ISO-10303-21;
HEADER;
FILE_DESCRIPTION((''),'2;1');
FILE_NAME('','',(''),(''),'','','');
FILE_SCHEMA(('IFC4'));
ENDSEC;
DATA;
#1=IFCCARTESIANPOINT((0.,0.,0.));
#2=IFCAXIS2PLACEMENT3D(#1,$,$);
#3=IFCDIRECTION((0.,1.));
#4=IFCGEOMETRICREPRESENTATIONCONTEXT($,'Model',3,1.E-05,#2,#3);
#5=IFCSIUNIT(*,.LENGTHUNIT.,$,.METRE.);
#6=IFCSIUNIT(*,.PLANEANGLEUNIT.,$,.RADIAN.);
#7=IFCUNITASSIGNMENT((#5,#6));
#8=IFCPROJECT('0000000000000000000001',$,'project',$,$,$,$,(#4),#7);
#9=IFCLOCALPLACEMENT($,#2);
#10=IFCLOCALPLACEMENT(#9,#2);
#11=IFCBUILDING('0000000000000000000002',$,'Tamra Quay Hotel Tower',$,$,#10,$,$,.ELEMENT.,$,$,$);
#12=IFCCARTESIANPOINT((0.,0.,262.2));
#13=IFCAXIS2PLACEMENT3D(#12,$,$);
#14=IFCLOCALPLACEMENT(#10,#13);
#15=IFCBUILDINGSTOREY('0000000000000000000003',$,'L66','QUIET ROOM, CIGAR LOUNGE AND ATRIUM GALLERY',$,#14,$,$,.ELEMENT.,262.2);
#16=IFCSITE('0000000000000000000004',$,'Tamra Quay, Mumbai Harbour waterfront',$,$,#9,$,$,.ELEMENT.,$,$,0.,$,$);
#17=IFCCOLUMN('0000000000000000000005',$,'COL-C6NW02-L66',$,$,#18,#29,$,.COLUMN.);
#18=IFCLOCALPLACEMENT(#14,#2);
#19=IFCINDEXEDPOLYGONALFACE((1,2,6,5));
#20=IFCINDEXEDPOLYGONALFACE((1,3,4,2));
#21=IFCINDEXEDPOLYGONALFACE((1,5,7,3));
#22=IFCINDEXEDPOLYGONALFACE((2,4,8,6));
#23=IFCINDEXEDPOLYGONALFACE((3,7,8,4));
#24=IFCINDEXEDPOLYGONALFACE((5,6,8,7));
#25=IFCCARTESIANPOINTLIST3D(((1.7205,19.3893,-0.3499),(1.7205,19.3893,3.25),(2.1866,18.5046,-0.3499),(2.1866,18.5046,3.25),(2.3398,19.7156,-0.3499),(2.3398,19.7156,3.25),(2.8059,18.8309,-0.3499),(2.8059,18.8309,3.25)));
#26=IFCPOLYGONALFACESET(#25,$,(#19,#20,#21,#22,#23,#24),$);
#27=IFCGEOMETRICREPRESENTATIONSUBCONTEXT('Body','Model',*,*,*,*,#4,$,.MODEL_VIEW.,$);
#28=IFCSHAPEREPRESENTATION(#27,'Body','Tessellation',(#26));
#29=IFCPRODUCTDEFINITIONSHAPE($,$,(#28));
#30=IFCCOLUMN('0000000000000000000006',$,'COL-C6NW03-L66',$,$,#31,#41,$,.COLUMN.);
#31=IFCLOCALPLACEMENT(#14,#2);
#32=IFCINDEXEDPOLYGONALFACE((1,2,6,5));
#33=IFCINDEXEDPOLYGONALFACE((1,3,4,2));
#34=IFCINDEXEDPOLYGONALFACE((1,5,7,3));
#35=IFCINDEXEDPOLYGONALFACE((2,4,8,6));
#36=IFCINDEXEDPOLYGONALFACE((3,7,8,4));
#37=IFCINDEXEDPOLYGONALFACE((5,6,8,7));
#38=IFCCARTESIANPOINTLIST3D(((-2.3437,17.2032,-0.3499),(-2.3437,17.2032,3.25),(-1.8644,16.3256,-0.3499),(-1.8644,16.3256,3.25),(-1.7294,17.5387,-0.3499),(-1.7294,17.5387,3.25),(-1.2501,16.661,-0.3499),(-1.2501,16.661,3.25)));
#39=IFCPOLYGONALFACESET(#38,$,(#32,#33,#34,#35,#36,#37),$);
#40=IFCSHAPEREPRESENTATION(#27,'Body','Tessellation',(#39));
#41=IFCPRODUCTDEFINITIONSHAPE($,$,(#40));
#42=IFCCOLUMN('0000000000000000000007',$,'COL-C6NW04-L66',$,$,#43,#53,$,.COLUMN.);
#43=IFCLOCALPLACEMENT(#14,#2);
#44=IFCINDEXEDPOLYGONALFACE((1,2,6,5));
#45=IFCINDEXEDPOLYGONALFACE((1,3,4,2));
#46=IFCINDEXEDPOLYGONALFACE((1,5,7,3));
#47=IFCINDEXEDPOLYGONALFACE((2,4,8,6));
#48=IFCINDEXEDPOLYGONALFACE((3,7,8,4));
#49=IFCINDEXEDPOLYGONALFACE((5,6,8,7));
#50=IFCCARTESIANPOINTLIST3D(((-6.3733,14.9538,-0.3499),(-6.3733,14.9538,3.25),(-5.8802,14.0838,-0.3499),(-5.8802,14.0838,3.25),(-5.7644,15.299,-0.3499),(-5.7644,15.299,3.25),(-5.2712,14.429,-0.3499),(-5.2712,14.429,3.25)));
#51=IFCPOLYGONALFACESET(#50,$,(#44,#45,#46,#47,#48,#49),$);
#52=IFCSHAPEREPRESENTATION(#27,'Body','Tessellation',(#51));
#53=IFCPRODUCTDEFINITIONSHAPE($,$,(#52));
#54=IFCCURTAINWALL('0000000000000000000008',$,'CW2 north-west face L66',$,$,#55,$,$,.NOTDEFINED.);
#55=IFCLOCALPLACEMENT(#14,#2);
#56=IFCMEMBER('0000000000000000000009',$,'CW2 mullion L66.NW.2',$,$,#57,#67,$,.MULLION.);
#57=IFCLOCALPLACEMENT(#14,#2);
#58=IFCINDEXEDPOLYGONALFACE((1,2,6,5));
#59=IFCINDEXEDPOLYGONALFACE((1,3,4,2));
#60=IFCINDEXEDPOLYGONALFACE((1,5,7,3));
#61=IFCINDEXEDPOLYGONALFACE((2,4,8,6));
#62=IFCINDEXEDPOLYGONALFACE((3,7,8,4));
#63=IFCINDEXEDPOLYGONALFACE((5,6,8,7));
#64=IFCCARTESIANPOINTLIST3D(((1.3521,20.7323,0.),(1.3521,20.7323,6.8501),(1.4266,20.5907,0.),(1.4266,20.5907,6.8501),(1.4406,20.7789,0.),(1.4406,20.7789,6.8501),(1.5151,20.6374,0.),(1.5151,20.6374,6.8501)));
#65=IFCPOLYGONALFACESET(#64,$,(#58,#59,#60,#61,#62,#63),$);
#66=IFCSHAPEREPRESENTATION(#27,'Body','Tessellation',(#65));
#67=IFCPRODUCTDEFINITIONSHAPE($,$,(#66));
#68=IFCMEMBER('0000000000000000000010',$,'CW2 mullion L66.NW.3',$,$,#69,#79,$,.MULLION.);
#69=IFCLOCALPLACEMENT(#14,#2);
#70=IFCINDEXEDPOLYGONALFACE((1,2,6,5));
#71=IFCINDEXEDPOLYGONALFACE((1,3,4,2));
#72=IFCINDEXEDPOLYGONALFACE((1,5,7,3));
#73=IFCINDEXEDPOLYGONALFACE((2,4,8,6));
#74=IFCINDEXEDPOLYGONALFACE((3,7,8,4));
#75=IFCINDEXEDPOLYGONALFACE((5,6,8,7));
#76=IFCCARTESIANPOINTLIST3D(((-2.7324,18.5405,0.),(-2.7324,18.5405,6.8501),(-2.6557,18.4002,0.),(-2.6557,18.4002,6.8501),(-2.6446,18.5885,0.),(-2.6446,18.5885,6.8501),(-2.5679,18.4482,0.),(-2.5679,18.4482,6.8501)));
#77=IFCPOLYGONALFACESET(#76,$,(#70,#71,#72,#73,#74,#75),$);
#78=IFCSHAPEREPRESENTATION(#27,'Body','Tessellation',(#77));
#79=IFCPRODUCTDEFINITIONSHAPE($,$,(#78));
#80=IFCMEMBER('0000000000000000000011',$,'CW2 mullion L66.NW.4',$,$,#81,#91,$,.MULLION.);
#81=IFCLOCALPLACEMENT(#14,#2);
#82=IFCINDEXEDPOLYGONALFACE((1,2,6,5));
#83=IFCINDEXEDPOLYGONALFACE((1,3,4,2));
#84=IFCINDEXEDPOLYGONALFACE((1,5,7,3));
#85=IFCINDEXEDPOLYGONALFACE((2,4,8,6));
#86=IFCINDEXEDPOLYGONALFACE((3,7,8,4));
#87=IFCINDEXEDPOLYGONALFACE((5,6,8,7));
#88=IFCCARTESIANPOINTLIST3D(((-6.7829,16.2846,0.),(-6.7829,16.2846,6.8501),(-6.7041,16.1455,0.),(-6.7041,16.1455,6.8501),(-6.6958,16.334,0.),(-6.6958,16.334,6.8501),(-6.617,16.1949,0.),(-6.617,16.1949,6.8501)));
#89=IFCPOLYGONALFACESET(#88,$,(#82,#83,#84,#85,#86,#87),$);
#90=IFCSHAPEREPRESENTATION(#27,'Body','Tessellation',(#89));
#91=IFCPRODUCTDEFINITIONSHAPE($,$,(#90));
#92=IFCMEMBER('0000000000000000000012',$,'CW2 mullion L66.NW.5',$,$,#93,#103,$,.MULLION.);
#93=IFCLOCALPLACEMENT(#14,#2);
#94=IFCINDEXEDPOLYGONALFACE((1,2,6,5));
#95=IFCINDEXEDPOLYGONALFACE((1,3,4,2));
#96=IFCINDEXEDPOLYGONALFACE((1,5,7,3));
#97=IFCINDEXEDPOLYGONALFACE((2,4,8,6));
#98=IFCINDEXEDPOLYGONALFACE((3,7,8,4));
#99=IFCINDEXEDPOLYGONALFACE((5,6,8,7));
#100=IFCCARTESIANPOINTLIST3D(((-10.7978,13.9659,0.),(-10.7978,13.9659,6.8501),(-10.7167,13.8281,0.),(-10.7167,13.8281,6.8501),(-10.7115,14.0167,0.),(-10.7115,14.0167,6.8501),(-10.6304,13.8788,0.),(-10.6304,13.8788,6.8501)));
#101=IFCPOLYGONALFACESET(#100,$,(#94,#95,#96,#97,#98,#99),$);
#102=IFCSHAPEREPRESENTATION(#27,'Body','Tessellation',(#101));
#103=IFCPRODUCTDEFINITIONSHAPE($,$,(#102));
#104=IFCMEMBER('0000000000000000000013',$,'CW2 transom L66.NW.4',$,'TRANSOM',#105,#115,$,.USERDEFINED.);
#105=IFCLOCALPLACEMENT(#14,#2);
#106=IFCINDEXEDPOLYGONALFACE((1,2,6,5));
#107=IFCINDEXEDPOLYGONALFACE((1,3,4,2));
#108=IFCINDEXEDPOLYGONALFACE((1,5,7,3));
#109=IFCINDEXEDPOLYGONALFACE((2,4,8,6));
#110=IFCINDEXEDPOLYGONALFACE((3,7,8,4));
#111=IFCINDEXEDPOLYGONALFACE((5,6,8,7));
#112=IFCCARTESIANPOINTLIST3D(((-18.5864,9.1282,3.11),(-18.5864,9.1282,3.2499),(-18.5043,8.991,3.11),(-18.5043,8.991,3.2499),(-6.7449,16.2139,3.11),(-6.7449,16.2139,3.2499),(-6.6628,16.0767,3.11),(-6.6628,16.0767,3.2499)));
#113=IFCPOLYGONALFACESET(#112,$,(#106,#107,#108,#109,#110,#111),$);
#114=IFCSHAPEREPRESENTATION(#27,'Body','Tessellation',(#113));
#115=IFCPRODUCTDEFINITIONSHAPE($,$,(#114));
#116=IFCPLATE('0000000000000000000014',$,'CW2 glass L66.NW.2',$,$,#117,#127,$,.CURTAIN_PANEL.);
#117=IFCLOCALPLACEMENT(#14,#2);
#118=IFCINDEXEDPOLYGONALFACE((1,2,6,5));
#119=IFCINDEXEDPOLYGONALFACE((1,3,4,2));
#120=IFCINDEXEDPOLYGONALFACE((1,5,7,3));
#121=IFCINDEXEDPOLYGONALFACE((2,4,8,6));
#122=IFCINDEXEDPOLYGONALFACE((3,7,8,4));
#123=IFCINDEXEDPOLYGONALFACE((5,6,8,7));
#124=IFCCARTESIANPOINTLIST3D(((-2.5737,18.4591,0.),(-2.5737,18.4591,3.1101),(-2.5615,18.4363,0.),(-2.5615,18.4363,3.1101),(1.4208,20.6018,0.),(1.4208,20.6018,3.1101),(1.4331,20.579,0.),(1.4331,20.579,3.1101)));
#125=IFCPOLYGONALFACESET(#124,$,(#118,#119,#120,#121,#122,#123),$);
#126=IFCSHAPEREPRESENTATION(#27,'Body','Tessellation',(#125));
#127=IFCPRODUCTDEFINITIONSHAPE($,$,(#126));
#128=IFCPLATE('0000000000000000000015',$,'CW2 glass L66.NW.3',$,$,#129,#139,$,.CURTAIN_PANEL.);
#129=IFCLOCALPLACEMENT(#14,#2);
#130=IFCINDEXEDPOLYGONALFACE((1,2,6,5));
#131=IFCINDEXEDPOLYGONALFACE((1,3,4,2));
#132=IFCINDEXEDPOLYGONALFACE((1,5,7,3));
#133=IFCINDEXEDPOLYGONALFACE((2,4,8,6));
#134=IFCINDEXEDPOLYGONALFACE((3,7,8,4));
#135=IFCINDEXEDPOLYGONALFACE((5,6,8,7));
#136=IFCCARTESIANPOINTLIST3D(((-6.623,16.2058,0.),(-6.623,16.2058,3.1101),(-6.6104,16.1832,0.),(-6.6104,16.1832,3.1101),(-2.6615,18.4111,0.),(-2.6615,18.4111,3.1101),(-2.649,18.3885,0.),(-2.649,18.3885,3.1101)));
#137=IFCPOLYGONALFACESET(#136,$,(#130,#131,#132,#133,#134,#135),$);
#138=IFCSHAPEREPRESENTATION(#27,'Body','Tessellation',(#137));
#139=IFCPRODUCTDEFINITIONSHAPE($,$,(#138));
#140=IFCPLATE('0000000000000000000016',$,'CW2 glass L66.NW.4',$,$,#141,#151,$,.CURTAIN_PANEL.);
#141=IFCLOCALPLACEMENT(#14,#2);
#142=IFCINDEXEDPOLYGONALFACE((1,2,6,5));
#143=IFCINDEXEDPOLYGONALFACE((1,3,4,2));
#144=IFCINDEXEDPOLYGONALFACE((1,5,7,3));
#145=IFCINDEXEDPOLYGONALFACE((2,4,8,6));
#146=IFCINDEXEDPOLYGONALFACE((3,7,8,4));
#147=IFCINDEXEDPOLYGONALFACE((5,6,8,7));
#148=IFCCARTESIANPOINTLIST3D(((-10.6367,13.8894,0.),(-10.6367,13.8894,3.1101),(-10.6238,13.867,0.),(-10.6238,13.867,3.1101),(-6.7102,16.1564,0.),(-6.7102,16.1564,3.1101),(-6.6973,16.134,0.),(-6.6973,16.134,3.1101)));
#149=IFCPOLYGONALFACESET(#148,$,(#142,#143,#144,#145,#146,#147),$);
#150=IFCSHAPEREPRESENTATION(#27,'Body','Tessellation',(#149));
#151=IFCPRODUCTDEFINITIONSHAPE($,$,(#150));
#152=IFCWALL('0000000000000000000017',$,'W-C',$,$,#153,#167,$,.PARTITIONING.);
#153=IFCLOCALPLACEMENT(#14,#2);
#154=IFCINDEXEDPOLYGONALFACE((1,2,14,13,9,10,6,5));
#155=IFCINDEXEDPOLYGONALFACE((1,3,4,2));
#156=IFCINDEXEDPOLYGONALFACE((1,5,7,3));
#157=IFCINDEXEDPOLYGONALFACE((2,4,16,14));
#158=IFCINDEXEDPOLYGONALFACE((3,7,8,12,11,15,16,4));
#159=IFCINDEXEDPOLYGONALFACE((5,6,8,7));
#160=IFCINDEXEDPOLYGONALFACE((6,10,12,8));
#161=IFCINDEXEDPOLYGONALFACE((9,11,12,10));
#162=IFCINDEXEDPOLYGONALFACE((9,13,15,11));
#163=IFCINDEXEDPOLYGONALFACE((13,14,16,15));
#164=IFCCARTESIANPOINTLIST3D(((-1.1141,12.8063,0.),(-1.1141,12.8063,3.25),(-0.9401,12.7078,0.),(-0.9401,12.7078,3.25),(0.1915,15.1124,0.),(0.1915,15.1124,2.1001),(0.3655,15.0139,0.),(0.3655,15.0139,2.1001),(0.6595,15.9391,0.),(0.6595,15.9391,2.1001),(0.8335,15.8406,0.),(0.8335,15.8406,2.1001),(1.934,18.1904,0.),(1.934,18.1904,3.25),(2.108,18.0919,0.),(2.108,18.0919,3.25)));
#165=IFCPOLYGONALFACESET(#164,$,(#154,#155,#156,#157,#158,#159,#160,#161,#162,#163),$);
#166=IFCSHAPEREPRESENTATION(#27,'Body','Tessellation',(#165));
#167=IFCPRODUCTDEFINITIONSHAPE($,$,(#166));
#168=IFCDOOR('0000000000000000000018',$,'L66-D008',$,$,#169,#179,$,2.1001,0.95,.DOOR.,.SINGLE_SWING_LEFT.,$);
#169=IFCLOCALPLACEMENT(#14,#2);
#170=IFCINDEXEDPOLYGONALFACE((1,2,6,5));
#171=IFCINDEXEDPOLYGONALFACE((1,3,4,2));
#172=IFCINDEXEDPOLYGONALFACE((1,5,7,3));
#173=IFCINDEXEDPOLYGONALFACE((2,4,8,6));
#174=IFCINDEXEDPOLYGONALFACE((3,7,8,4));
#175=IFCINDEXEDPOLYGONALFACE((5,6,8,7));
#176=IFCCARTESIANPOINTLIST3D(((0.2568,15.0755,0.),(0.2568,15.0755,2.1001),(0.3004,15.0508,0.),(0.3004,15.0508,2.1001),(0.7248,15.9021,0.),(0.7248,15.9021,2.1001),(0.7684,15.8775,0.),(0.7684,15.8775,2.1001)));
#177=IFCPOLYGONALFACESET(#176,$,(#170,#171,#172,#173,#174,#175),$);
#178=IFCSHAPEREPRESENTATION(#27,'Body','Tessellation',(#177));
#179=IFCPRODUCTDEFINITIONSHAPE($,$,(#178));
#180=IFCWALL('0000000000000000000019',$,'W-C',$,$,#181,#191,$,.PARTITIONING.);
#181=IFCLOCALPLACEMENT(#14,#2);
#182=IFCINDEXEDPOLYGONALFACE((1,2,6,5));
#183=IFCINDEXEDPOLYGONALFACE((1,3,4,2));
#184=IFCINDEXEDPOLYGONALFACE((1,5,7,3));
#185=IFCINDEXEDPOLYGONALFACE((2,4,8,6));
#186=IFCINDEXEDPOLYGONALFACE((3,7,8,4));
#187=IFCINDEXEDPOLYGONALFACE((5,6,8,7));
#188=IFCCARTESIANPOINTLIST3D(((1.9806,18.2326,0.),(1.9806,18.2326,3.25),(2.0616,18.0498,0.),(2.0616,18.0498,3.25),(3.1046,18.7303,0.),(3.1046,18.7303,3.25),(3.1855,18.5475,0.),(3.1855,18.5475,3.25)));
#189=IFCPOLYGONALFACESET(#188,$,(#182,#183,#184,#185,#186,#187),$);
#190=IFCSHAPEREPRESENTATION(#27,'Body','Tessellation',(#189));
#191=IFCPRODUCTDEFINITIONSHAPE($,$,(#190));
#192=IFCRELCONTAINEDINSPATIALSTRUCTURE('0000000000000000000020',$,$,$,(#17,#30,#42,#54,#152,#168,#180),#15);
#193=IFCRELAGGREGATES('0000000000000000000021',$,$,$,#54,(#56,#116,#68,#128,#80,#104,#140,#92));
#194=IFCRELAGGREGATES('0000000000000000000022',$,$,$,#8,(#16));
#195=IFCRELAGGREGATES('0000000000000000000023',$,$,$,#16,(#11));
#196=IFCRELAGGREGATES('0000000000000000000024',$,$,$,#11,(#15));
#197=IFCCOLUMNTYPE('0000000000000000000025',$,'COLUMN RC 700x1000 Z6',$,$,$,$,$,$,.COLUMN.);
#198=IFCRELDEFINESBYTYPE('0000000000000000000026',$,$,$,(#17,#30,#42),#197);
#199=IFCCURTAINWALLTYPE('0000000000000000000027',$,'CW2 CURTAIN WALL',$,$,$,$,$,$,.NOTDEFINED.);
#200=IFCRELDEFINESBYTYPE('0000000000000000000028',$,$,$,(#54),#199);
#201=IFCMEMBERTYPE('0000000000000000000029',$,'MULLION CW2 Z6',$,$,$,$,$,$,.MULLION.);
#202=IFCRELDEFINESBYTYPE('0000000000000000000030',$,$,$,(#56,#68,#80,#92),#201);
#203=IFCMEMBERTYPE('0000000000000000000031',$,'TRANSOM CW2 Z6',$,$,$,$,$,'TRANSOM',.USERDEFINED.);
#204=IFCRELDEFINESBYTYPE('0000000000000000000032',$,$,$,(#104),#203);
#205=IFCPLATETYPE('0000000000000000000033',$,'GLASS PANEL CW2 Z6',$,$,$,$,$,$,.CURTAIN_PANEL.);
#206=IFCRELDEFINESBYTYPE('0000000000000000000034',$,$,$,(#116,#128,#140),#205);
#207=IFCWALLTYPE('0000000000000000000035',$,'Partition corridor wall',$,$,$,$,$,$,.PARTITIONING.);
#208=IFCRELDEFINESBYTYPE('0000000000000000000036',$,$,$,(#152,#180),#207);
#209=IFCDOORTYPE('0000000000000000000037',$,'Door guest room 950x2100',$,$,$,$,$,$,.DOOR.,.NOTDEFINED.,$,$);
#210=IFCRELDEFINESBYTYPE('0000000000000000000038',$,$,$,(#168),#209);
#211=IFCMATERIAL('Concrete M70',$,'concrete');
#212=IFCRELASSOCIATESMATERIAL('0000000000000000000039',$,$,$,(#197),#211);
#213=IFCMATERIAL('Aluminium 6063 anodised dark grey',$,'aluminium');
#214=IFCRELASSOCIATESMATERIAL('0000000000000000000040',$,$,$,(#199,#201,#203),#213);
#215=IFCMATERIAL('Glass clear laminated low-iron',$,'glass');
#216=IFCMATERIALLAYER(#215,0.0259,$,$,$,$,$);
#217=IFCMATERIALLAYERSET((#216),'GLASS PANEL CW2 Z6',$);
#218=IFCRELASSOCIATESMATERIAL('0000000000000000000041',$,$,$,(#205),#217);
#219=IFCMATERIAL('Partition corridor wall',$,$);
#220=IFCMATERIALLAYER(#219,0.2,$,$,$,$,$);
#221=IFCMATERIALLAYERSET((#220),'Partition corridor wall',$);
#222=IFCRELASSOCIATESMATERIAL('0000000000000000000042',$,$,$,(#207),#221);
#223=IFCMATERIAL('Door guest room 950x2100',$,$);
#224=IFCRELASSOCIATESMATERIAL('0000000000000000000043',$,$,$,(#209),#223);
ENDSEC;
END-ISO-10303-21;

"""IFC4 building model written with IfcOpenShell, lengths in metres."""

from ifc_helpers import new_model, si_unit, direction, frame, frame_2d, origin, origin_2d, place, context, subcontext, project, spatial, rectangle, extrude, material, layer, layer_set, material_profile, profile_set, type_object, element, fill, aggregate, save


model = new_model("IFC4")

# Units and contexts
model_context = context("Model", 3, precision=1e-05, world=origin(), true_north=direction((0.0, 1.0)))
body_context = subcontext(model_context, "Body", "Model", "MODEL_VIEW")
ifc_project = project(units=[si_unit("LENGTHUNIT", "METRE"), si_unit("PLANEANGLEUNIT", "RADIAN")], contexts=[model_context])

# Site, building, storey
site_placement = place(None, origin())
site = spatial("IfcSite", under=ifc_project, at=site_placement, Name="Tamra Quay, Mumbai Harbour waterfront", CompositionType="ELEMENT", RefElevation=0.0)
building_placement = place(site_placement, origin())
building = spatial("IfcBuilding", under=site, at=building_placement, Name="Tamra Quay Hotel Tower", CompositionType="ELEMENT")
storey_placement = place(building_placement, frame((0.0, 0.0, 262.2)))
storey = spatial("IfcBuildingStorey", under=building, at=storey_placement, Name="L66", Description="QUIET ROOM, CIGAR LOUNGE AND ATRIUM GALLERY", CompositionType="ELEMENT", Elevation=262.2)

# Columns
ifc_material_1 = material(Name="Concrete M70", Category="concrete")
ifc_material_profile_1 = material_profile(ifc_material_1, rectangle(XDim=1.0, YDim=0.7, at=origin_2d()), Name="COLUMN RC 700x1000 Z6")
ifc_profile_set_1 = profile_set([ifc_material_profile_1], Name="Concrete M70")
column_type = type_object("IfcColumnType", Name="COLUMN RC 700x1000 Z6", PredefinedType="COLUMN", material=ifc_profile_set_1)
for number, where, z_axis, x_axis, name in (
    (1, (2.2632, 19.1101, -0.3499), (0.0, 0.0, 1.0), (-0.466118, 0.884723, 0.0), "COL-C6NW02-L66"),
    (2, (-1.7969, 16.9321, -0.3499), (0.0, 0.0, 1.0), (-0.479288, 0.877658, 0.0), "COL-C6NW03-L66"),
    (3, (-5.8223, 14.6914, -0.3499), (0.0, 0.0, 1.0), (-0.493125, 0.869958, 0.0), "COL-C6NW04-L66"),
):
    element("IfcColumn", number, at=place(storey_placement, frame(where, z_axis=z_axis, x_axis=x_axis)), inside=storey, type_object=column_type, Name=name, PredefinedType="COLUMN", context=body_context, shape_type="SweptSolid", body=[
        extrude(rectangle(XDim=1.0, YDim=0.7, at=origin_2d()), origin(), (0.0, 0.0, 1.0), 3.5999),
    ])

# Curtain wall, members, plates
ifc_material_2 = material(Name="Aluminium 6063 anodised dark grey", Category="aluminium")
curtain_wall_type = type_object("IfcCurtainWallType", Name="CW2 CURTAIN WALL", PredefinedType="NOTDEFINED", material=ifc_material_2)
curtain_wall_placement = place(storey_placement, origin())
curtain_wall = element("IfcCurtainWall", 4, at=curtain_wall_placement, inside=storey, type_object=curtain_wall_type, Name="CW2 north-west face L66", PredefinedType="NOTDEFINED")
ifc_material_profile_2 = material_profile(ifc_material_2, rectangle(XDim=0.1599, YDim=0.1001, at=origin_2d()), Name="MULLION 100X160")
ifc_profile_set_2 = profile_set([ifc_material_profile_2], Name="Aluminium 6063 anodised dark grey")
member_type_1 = type_object("IfcMemberType", Name="MULLION CW2 Z6", PredefinedType="MULLION", material=ifc_profile_set_2)
member_1_placement = place(storey_placement, frame((1.4336, 20.6848, 0.0), z_axis=(0.0, 0.0, 1.0), x_axis=(-0.465816, 0.884882, 0.0)))
member_1 = element("IfcMember", 5, at=member_1_placement, type_object=member_type_1, Name="CW2 mullion L66.NW.2", PredefinedType="MULLION", context=body_context, shape_type="SweptSolid", body=[
    extrude(rectangle(XDim=0.1599, YDim=0.1001, at=origin_2d()), origin(), (0.0, 0.0, 1.0), 6.8501),
])
member_2_placement = place(storey_placement, frame((-2.6501, 18.4944, 0.0), z_axis=(0.0, 0.0, 1.0), x_axis=(-0.479565, 0.877506, 0.0)))
member_2 = element("IfcMember", 6, at=member_2_placement, type_object=member_type_1, Name="CW2 mullion L66.NW.3", PredefinedType="MULLION", context=body_context, shape_type="SweptSolid", body=[
    extrude(rectangle(XDim=0.1599, YDim=0.1001, at=origin_2d()), origin(), (0.0, 0.0, 1.0), 6.8501),
])
member_3_placement = place(storey_placement, frame((-6.7, 16.2397, 0.0), z_axis=(0.0, 0.0, 1.0), x_axis=(-0.493215, 0.869907, 0.0)))
member_3 = element("IfcMember", 7, at=member_3_placement, type_object=member_type_1, Name="CW2 mullion L66.NW.4", PredefinedType="MULLION", context=body_context, shape_type="SweptSolid", body=[
    extrude(rectangle(XDim=0.1599, YDim=0.1001, at=origin_2d()), origin(), (0.0, 0.0, 1.0), 6.8501),
])
member_4_placement = place(storey_placement, frame((-10.7141, 13.9224, 0.0), z_axis=(0.0, 0.0, 1.0), x_axis=(-0.506754, 0.862091, 0.0)))
member_4 = element("IfcMember", 8, at=member_4_placement, type_object=member_type_1, Name="CW2 mullion L66.NW.5", PredefinedType="MULLION", context=body_context, shape_type="SweptSolid", body=[
    extrude(rectangle(XDim=0.1599, YDim=0.1001, at=origin_2d()), origin(), (0.0, 0.0, 1.0), 6.8501),
])
ifc_material_profile_3 = material_profile(ifc_material_2, rectangle(XDim=0.1599, YDim=0.1399, at=origin_2d()), Name="TRANSOM 160X140")
ifc_profile_set_3 = profile_set([ifc_material_profile_3], Name="Aluminium 6063 anodised dark grey")
member_type_2 = type_object("IfcMemberType", Name="TRANSOM CW2 Z6", ElementType="TRANSOM", PredefinedType="USERDEFINED", material=ifc_profile_set_3)
member_5_placement = place(storey_placement, frame((-6.7039, 16.1453, 3.1799), z_axis=(-0.858107, -0.51347, 0.0), x_axis=(0.51347, -0.858107, 0.0)))
member_5 = element("IfcMember", 9, at=member_5_placement, type_object=member_type_2, Name="CW2 transom L66.NW.4", ObjectType="TRANSOM", PredefinedType="USERDEFINED", context=body_context, shape_type="SweptSolid", body=[
    extrude(rectangle(XDim=0.1599, YDim=0.1399, at=origin_2d()), origin(), (0.0, 0.0, 1.0), 13.7996),
])
ifc_material_3 = material(Name="Glass clear laminated low-iron", Category="glass")
ifc_layer_1 = layer(ifc_material_3, 0.0259)
ifc_layer_set_1 = layer_set([ifc_layer_1], Name="GLASS PANEL CW2 Z6")
plate_type = type_object("IfcPlateType", Name="GLASS PANEL CW2 Z6", PredefinedType="CURTAIN_PANEL", material=ifc_layer_set_1)
plate_1_placement = place(storey_placement, frame((-0.5703, 19.519, 0.0), z_axis=(0.0, 0.0, 1.0), x_axis=(-0.881224, -0.4727, 0.0)))
plate_1 = element("IfcPlate", 10, at=plate_1_placement, type_object=plate_type, Name="CW2 glass L66.NW.2", PredefinedType="CURTAIN_PANEL", context=body_context, shape_type="SweptSolid", body=[
    extrude(rectangle(XDim=4.533, YDim=0.0259, at=origin_2d()), origin(), (0.0, 0.0, 1.0), 3.1101),
])
plate_2_placement = place(storey_placement, frame((-4.636, 17.2971, 0.0), z_axis=(0.0, 0.0, 1.0), x_axis=(-0.873736, -0.486401, 0.0)))
plate_2 = element("IfcPlate", 11, at=plate_2_placement, type_object=plate_type, Name="CW2 glass L66.NW.3", PredefinedType="CURTAIN_PANEL", context=body_context, shape_type="SweptSolid", body=[
    extrude(rectangle(XDim=4.5339, YDim=0.0259, at=origin_2d()), origin(), (0.0, 0.0, 1.0), 3.1101),
])
plate_3_placement = place(storey_placement, frame((-8.667, 15.0117, 0.0), z_axis=(0.0, 0.0, 1.0), x_axis=(-0.866025, -0.5, 0.0)))
plate_3 = element("IfcPlate", 12, at=plate_3_placement, type_object=plate_type, Name="CW2 glass L66.NW.4", PredefinedType="CURTAIN_PANEL", context=body_context, shape_type="SweptSolid", body=[
    extrude(rectangle(XDim=4.5339, YDim=0.0259, at=origin_2d()), origin(), (0.0, 0.0, 1.0), 3.1101),
])
aggregate(curtain_wall, [member_1, plate_1, member_2, plate_2, member_3, member_5, plate_3, member_4])

# Wall, opening, door
ifc_material_4 = material(Name="Partition corridor wall")
ifc_layer_2 = layer(ifc_material_4, 0.2)
ifc_layer_set_2 = layer_set([ifc_layer_2], Name="Partition corridor wall")
wall_type_1 = type_object("IfcWallType", Name="Partition corridor wall", PredefinedType="PARTITIONING", material=ifc_layer_set_2)
wall_1_placement = place(storey_placement, frame((-1.0271, 12.7571, 0.0), z_axis=(0.0, 0.0, 1.0), x_axis=(0.492663, 0.87022, 0.0)))
wall_1 = element("IfcWall", 13, at=wall_1_placement, inside=storey, type_object=wall_type_1, Name="W-C", PredefinedType="PARTITIONING", context=body_context, shape_type="SweptSolid", body=[
    extrude(rectangle(XDim=6.187, YDim=0.2, at=frame_2d((3.0935, 0.0))), origin(), (0.0, 0.0, 1.0), 3.25),
])
opening_placement = place(wall_1_placement, frame((2.6499, 0.0, 0.0)))
opening = element("IfcOpeningElement", 14, at=opening_placement, cuts=wall_1, PredefinedType="OPENING", context=body_context, shape_type="SweptSolid", body=[
    extrude(rectangle(XDim=0.95, YDim=2.1001, at=frame_2d((0.4751, 1.05))), frame((0.0, 0.1099, 0.0), z_axis=(0.0, -1.0, 0.0), x_axis=(1.0, 0.0, 0.0)), (0.0, 0.0, 1.0), 0.22),
])
ifc_material_5 = material(Name="Door guest room 950x2100")
door_type = type_object("IfcDoorType", Name="Door guest room 950x2100", OperationType="NOTDEFINED", PredefinedType="DOOR", material=ifc_material_5)
door_placement = place(opening_placement, origin())
door = element("IfcDoor", 15, at=door_placement, inside=storey, type_object=door_type, Name="L66-D008", OperationType="SINGLE_SWING_LEFT", OverallHeight=2.1001, OverallWidth=0.95, PredefinedType="DOOR", context=body_context, shape_type="SweptSolid", body=[
    extrude(rectangle(XDim=0.95, YDim=2.1001, at=frame_2d((0.4751, 1.05))), frame((0.0, 0.0249, 0.0), z_axis=(0.0, -1.0, 0.0), x_axis=(1.0, 0.0, 0.0)), (0.0, 0.0, 1.0), 0.05),
])
fill(opening, door)

# Wall
wall_2_placement = place(storey_placement, frame((2.021, 18.1411, 0.0), z_axis=(0.0, 0.0, 1.0), x_axis=(0.914343, 0.40494, 0.0)))
element("IfcWall", 16, at=wall_2_placement, inside=storey, type_object=wall_type_1, Name="W-C", PredefinedType="PARTITIONING", context=body_context, shape_type="SweptSolid", body=[
    extrude(rectangle(XDim=1.2292, YDim=0.2, at=frame_2d((0.6147, 0.0))), origin(), (0.0, 0.0, 1.0), 3.25),
])

save(model, "model.ifc")
